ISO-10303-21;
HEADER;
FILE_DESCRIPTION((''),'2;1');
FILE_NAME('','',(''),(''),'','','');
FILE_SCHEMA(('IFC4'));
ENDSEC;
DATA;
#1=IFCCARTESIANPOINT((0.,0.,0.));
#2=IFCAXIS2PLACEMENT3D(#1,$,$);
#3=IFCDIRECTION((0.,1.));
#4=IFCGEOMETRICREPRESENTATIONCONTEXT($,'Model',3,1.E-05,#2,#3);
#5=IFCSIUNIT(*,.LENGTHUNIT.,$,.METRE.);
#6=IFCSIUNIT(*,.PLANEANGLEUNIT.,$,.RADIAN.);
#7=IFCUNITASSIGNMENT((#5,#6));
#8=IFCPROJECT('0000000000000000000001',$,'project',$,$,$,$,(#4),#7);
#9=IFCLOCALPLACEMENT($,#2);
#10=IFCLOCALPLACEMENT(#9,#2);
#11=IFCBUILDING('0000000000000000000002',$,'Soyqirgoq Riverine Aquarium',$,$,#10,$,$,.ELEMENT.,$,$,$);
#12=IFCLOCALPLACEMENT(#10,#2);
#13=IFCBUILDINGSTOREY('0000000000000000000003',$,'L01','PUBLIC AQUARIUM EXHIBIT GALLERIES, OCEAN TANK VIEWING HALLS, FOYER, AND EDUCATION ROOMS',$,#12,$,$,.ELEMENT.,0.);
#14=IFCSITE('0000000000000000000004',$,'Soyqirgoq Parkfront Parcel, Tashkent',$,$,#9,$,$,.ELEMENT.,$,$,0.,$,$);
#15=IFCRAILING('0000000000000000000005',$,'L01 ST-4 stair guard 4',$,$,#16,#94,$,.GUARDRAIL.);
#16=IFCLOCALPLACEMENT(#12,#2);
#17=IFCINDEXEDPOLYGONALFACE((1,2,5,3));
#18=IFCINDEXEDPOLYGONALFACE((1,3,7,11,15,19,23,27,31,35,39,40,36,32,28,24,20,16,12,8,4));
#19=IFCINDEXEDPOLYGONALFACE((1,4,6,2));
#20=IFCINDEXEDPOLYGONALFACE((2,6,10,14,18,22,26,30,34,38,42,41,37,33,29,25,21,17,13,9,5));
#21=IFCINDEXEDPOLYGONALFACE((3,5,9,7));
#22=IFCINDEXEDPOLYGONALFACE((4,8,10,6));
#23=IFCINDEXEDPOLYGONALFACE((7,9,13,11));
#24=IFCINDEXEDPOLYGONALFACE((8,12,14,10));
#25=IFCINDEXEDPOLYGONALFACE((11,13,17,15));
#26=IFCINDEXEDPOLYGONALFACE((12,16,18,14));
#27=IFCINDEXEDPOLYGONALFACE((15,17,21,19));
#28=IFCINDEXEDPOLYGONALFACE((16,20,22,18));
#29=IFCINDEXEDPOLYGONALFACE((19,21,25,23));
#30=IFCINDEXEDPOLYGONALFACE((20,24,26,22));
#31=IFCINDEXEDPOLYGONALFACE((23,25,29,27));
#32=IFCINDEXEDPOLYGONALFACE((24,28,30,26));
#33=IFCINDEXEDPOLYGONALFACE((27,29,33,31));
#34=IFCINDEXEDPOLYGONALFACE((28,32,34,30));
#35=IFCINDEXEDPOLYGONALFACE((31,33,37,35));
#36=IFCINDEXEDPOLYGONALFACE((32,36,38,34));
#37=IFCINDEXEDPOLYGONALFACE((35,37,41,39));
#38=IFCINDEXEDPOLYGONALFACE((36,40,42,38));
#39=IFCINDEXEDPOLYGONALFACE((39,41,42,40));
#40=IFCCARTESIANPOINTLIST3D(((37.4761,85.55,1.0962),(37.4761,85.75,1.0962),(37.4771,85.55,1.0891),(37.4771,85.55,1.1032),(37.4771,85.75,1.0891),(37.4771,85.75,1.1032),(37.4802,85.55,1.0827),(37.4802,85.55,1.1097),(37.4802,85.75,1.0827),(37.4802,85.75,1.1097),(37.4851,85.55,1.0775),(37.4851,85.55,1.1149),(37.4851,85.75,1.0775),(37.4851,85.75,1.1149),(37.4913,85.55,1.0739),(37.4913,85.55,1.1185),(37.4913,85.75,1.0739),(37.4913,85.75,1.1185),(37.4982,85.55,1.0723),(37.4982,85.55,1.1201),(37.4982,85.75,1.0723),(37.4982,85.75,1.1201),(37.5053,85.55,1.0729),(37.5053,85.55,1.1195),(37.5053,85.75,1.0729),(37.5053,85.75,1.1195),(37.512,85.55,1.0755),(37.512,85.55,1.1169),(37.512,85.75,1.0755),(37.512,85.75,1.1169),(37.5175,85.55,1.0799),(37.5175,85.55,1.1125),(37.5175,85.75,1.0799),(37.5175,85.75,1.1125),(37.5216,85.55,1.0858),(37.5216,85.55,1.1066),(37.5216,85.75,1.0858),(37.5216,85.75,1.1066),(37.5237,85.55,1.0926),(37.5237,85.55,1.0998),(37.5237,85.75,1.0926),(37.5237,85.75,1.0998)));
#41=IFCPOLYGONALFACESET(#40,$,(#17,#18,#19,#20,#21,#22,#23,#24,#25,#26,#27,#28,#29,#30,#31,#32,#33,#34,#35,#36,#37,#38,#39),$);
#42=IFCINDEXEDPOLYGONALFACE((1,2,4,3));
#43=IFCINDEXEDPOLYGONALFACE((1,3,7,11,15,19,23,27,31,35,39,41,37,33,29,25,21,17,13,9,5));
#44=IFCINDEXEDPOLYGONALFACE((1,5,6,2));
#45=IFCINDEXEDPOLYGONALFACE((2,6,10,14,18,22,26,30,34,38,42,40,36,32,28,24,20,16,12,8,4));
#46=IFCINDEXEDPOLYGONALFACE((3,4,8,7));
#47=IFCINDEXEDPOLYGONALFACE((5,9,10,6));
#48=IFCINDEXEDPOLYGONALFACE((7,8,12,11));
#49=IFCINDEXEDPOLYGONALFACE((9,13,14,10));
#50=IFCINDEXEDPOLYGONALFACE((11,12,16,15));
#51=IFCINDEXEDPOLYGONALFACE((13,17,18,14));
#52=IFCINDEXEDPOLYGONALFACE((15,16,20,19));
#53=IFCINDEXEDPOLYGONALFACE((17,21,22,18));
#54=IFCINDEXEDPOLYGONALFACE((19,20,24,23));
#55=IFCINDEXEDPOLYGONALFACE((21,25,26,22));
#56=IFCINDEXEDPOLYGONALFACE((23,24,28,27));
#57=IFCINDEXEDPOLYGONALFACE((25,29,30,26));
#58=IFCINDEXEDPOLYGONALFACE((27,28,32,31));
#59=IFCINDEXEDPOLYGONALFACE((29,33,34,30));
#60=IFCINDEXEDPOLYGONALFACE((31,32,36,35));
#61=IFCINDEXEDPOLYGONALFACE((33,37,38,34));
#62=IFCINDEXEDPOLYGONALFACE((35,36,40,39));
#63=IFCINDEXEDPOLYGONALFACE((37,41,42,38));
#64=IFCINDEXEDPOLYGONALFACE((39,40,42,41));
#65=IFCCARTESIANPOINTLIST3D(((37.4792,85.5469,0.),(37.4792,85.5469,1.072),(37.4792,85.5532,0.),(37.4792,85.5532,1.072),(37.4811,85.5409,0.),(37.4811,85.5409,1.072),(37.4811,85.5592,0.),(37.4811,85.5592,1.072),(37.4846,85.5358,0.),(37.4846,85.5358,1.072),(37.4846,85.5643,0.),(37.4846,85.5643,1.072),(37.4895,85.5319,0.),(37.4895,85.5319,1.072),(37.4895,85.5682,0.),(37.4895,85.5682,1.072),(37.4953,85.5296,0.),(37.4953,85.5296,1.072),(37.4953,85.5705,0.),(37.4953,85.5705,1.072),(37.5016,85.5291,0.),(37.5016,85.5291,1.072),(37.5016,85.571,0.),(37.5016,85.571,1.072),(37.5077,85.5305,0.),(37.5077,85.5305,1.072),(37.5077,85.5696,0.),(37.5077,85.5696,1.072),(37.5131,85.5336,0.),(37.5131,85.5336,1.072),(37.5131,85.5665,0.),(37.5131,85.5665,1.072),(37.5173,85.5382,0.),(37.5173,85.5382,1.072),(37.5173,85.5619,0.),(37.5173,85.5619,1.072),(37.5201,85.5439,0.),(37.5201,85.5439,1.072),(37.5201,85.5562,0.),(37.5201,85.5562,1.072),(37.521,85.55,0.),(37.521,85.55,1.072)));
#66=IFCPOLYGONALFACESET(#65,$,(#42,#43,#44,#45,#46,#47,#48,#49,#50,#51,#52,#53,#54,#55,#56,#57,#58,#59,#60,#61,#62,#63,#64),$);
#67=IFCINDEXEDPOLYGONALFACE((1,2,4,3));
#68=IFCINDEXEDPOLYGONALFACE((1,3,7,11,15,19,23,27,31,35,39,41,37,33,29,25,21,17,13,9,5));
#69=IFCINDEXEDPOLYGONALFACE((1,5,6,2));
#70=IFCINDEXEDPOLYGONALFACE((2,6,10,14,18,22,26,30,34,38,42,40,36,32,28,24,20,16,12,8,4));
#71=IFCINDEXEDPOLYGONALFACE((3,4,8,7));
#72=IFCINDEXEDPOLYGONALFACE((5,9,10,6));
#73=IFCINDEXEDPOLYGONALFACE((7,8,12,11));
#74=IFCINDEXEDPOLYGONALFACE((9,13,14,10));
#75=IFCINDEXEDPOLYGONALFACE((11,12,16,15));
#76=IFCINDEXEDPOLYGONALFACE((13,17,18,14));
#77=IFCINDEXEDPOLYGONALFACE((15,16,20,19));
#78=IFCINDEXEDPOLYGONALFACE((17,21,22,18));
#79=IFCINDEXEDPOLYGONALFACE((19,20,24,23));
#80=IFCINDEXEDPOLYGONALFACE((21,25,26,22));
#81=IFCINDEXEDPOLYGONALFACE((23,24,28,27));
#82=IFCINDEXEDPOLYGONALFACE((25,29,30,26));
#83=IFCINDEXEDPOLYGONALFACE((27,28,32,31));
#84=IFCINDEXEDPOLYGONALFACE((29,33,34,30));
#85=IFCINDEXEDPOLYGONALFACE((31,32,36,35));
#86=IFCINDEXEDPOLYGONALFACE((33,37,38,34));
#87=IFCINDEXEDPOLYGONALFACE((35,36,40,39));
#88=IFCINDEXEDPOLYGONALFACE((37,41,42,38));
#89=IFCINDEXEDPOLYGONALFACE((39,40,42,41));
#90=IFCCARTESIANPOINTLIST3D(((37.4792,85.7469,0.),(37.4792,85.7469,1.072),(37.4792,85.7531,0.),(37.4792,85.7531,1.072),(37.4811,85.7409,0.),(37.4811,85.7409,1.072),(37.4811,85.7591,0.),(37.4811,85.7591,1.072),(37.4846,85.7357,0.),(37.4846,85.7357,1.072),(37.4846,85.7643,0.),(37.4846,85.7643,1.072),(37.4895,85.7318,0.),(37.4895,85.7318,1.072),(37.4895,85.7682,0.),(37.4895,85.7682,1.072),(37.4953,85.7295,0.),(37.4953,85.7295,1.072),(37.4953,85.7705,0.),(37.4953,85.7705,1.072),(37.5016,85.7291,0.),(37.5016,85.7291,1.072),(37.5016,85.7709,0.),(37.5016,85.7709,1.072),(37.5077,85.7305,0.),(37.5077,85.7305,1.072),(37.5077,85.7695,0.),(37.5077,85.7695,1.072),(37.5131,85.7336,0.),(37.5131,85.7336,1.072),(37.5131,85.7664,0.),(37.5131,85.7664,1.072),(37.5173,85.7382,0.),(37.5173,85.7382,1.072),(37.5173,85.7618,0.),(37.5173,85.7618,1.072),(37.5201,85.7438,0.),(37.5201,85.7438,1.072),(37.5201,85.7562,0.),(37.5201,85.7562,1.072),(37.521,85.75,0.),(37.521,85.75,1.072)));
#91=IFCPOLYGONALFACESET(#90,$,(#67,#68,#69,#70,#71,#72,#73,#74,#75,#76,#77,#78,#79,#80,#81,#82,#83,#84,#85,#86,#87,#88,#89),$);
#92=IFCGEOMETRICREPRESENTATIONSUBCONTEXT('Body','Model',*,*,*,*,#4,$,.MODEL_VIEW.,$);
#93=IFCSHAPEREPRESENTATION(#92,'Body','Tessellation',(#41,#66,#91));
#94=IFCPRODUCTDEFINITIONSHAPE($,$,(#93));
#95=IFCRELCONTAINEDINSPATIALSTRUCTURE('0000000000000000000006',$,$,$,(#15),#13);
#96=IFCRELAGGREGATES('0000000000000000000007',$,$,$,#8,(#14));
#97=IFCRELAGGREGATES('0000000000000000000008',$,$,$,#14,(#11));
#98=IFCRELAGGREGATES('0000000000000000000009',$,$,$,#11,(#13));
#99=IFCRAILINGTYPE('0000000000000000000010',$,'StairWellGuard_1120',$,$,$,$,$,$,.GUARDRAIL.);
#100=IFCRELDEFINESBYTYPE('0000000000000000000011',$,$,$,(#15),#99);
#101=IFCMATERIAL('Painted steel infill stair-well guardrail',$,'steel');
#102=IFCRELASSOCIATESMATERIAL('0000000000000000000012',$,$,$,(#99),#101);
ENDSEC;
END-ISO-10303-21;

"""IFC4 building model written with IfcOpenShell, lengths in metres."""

from ifc_helpers import new_model, si_unit, direction, frame, origin, origin_2d, place, context, subcontext, project, spatial, circle, extrude, material, type_object, element, save


model = new_model("IFC4")

# Units and contexts
model_context = context("Model", 3, precision=1e-05, world=origin(), true_north=direction((0.0, 1.0)))
body_context = subcontext(model_context, "Body", "Model", "MODEL_VIEW")
ifc_project = project(units=[si_unit("LENGTHUNIT", "METRE"), si_unit("PLANEANGLEUNIT", "RADIAN")], contexts=[model_context])

# Site, building, storey
site_placement = place(None, origin())
site = spatial("IfcSite", under=ifc_project, at=site_placement, Name="Soyqirgoq Parkfront Parcel, Tashkent", CompositionType="ELEMENT", RefElevation=0.0)
building_placement = place(site_placement, origin())
building = spatial("IfcBuilding", under=site, at=building_placement, Name="Soyqirgoq Riverine Aquarium", CompositionType="ELEMENT")
storey_placement = place(building_placement, origin())
storey = spatial("IfcBuildingStorey", under=building, at=storey_placement, Name="L01", Description="PUBLIC AQUARIUM EXHIBIT GALLERIES, OCEAN TANK VIEWING HALLS, FOYER, AND EDUCATION ROOMS", CompositionType="ELEMENT", Elevation=0.0)

# Railing
ifc_material_1 = material(Name="Painted steel infill stair-well guardrail", Category="steel")
railing_type_1 = type_object("IfcRailingType", Name="StairWellGuard_1120", PredefinedType="GUARDRAIL", material=ifc_material_1)
railing_1_placement = place(storey_placement, frame((37.5, 85.55, 0.0)))
element("IfcRailing", 1, at=railing_1_placement, inside=storey, type_object=railing_type_1, Name="L01 ST-4 stair guard 4", PredefinedType="GUARDRAIL", context=body_context, shape_type="SweptSolid", body=[
    extrude(circle(Radius=0.0239, at=origin_2d()), frame((0.0, 0.0, 1.0962), z_axis=(0.0, 1.0, 0.0), x_axis=(-1.0, 0.0, 0.0)), (0.0, 0.0, 1.0), 0.2),
    extrude(circle(Radius=0.021, at=origin_2d()), origin(), (0.0, 0.0, 1.0), 1.072),
    extrude(circle(Radius=0.021, at=origin_2d()), frame((0.0, 0.2, 0.0)), (0.0, 0.0, 1.0), 1.072),
])

save(model, "model.ifc")
